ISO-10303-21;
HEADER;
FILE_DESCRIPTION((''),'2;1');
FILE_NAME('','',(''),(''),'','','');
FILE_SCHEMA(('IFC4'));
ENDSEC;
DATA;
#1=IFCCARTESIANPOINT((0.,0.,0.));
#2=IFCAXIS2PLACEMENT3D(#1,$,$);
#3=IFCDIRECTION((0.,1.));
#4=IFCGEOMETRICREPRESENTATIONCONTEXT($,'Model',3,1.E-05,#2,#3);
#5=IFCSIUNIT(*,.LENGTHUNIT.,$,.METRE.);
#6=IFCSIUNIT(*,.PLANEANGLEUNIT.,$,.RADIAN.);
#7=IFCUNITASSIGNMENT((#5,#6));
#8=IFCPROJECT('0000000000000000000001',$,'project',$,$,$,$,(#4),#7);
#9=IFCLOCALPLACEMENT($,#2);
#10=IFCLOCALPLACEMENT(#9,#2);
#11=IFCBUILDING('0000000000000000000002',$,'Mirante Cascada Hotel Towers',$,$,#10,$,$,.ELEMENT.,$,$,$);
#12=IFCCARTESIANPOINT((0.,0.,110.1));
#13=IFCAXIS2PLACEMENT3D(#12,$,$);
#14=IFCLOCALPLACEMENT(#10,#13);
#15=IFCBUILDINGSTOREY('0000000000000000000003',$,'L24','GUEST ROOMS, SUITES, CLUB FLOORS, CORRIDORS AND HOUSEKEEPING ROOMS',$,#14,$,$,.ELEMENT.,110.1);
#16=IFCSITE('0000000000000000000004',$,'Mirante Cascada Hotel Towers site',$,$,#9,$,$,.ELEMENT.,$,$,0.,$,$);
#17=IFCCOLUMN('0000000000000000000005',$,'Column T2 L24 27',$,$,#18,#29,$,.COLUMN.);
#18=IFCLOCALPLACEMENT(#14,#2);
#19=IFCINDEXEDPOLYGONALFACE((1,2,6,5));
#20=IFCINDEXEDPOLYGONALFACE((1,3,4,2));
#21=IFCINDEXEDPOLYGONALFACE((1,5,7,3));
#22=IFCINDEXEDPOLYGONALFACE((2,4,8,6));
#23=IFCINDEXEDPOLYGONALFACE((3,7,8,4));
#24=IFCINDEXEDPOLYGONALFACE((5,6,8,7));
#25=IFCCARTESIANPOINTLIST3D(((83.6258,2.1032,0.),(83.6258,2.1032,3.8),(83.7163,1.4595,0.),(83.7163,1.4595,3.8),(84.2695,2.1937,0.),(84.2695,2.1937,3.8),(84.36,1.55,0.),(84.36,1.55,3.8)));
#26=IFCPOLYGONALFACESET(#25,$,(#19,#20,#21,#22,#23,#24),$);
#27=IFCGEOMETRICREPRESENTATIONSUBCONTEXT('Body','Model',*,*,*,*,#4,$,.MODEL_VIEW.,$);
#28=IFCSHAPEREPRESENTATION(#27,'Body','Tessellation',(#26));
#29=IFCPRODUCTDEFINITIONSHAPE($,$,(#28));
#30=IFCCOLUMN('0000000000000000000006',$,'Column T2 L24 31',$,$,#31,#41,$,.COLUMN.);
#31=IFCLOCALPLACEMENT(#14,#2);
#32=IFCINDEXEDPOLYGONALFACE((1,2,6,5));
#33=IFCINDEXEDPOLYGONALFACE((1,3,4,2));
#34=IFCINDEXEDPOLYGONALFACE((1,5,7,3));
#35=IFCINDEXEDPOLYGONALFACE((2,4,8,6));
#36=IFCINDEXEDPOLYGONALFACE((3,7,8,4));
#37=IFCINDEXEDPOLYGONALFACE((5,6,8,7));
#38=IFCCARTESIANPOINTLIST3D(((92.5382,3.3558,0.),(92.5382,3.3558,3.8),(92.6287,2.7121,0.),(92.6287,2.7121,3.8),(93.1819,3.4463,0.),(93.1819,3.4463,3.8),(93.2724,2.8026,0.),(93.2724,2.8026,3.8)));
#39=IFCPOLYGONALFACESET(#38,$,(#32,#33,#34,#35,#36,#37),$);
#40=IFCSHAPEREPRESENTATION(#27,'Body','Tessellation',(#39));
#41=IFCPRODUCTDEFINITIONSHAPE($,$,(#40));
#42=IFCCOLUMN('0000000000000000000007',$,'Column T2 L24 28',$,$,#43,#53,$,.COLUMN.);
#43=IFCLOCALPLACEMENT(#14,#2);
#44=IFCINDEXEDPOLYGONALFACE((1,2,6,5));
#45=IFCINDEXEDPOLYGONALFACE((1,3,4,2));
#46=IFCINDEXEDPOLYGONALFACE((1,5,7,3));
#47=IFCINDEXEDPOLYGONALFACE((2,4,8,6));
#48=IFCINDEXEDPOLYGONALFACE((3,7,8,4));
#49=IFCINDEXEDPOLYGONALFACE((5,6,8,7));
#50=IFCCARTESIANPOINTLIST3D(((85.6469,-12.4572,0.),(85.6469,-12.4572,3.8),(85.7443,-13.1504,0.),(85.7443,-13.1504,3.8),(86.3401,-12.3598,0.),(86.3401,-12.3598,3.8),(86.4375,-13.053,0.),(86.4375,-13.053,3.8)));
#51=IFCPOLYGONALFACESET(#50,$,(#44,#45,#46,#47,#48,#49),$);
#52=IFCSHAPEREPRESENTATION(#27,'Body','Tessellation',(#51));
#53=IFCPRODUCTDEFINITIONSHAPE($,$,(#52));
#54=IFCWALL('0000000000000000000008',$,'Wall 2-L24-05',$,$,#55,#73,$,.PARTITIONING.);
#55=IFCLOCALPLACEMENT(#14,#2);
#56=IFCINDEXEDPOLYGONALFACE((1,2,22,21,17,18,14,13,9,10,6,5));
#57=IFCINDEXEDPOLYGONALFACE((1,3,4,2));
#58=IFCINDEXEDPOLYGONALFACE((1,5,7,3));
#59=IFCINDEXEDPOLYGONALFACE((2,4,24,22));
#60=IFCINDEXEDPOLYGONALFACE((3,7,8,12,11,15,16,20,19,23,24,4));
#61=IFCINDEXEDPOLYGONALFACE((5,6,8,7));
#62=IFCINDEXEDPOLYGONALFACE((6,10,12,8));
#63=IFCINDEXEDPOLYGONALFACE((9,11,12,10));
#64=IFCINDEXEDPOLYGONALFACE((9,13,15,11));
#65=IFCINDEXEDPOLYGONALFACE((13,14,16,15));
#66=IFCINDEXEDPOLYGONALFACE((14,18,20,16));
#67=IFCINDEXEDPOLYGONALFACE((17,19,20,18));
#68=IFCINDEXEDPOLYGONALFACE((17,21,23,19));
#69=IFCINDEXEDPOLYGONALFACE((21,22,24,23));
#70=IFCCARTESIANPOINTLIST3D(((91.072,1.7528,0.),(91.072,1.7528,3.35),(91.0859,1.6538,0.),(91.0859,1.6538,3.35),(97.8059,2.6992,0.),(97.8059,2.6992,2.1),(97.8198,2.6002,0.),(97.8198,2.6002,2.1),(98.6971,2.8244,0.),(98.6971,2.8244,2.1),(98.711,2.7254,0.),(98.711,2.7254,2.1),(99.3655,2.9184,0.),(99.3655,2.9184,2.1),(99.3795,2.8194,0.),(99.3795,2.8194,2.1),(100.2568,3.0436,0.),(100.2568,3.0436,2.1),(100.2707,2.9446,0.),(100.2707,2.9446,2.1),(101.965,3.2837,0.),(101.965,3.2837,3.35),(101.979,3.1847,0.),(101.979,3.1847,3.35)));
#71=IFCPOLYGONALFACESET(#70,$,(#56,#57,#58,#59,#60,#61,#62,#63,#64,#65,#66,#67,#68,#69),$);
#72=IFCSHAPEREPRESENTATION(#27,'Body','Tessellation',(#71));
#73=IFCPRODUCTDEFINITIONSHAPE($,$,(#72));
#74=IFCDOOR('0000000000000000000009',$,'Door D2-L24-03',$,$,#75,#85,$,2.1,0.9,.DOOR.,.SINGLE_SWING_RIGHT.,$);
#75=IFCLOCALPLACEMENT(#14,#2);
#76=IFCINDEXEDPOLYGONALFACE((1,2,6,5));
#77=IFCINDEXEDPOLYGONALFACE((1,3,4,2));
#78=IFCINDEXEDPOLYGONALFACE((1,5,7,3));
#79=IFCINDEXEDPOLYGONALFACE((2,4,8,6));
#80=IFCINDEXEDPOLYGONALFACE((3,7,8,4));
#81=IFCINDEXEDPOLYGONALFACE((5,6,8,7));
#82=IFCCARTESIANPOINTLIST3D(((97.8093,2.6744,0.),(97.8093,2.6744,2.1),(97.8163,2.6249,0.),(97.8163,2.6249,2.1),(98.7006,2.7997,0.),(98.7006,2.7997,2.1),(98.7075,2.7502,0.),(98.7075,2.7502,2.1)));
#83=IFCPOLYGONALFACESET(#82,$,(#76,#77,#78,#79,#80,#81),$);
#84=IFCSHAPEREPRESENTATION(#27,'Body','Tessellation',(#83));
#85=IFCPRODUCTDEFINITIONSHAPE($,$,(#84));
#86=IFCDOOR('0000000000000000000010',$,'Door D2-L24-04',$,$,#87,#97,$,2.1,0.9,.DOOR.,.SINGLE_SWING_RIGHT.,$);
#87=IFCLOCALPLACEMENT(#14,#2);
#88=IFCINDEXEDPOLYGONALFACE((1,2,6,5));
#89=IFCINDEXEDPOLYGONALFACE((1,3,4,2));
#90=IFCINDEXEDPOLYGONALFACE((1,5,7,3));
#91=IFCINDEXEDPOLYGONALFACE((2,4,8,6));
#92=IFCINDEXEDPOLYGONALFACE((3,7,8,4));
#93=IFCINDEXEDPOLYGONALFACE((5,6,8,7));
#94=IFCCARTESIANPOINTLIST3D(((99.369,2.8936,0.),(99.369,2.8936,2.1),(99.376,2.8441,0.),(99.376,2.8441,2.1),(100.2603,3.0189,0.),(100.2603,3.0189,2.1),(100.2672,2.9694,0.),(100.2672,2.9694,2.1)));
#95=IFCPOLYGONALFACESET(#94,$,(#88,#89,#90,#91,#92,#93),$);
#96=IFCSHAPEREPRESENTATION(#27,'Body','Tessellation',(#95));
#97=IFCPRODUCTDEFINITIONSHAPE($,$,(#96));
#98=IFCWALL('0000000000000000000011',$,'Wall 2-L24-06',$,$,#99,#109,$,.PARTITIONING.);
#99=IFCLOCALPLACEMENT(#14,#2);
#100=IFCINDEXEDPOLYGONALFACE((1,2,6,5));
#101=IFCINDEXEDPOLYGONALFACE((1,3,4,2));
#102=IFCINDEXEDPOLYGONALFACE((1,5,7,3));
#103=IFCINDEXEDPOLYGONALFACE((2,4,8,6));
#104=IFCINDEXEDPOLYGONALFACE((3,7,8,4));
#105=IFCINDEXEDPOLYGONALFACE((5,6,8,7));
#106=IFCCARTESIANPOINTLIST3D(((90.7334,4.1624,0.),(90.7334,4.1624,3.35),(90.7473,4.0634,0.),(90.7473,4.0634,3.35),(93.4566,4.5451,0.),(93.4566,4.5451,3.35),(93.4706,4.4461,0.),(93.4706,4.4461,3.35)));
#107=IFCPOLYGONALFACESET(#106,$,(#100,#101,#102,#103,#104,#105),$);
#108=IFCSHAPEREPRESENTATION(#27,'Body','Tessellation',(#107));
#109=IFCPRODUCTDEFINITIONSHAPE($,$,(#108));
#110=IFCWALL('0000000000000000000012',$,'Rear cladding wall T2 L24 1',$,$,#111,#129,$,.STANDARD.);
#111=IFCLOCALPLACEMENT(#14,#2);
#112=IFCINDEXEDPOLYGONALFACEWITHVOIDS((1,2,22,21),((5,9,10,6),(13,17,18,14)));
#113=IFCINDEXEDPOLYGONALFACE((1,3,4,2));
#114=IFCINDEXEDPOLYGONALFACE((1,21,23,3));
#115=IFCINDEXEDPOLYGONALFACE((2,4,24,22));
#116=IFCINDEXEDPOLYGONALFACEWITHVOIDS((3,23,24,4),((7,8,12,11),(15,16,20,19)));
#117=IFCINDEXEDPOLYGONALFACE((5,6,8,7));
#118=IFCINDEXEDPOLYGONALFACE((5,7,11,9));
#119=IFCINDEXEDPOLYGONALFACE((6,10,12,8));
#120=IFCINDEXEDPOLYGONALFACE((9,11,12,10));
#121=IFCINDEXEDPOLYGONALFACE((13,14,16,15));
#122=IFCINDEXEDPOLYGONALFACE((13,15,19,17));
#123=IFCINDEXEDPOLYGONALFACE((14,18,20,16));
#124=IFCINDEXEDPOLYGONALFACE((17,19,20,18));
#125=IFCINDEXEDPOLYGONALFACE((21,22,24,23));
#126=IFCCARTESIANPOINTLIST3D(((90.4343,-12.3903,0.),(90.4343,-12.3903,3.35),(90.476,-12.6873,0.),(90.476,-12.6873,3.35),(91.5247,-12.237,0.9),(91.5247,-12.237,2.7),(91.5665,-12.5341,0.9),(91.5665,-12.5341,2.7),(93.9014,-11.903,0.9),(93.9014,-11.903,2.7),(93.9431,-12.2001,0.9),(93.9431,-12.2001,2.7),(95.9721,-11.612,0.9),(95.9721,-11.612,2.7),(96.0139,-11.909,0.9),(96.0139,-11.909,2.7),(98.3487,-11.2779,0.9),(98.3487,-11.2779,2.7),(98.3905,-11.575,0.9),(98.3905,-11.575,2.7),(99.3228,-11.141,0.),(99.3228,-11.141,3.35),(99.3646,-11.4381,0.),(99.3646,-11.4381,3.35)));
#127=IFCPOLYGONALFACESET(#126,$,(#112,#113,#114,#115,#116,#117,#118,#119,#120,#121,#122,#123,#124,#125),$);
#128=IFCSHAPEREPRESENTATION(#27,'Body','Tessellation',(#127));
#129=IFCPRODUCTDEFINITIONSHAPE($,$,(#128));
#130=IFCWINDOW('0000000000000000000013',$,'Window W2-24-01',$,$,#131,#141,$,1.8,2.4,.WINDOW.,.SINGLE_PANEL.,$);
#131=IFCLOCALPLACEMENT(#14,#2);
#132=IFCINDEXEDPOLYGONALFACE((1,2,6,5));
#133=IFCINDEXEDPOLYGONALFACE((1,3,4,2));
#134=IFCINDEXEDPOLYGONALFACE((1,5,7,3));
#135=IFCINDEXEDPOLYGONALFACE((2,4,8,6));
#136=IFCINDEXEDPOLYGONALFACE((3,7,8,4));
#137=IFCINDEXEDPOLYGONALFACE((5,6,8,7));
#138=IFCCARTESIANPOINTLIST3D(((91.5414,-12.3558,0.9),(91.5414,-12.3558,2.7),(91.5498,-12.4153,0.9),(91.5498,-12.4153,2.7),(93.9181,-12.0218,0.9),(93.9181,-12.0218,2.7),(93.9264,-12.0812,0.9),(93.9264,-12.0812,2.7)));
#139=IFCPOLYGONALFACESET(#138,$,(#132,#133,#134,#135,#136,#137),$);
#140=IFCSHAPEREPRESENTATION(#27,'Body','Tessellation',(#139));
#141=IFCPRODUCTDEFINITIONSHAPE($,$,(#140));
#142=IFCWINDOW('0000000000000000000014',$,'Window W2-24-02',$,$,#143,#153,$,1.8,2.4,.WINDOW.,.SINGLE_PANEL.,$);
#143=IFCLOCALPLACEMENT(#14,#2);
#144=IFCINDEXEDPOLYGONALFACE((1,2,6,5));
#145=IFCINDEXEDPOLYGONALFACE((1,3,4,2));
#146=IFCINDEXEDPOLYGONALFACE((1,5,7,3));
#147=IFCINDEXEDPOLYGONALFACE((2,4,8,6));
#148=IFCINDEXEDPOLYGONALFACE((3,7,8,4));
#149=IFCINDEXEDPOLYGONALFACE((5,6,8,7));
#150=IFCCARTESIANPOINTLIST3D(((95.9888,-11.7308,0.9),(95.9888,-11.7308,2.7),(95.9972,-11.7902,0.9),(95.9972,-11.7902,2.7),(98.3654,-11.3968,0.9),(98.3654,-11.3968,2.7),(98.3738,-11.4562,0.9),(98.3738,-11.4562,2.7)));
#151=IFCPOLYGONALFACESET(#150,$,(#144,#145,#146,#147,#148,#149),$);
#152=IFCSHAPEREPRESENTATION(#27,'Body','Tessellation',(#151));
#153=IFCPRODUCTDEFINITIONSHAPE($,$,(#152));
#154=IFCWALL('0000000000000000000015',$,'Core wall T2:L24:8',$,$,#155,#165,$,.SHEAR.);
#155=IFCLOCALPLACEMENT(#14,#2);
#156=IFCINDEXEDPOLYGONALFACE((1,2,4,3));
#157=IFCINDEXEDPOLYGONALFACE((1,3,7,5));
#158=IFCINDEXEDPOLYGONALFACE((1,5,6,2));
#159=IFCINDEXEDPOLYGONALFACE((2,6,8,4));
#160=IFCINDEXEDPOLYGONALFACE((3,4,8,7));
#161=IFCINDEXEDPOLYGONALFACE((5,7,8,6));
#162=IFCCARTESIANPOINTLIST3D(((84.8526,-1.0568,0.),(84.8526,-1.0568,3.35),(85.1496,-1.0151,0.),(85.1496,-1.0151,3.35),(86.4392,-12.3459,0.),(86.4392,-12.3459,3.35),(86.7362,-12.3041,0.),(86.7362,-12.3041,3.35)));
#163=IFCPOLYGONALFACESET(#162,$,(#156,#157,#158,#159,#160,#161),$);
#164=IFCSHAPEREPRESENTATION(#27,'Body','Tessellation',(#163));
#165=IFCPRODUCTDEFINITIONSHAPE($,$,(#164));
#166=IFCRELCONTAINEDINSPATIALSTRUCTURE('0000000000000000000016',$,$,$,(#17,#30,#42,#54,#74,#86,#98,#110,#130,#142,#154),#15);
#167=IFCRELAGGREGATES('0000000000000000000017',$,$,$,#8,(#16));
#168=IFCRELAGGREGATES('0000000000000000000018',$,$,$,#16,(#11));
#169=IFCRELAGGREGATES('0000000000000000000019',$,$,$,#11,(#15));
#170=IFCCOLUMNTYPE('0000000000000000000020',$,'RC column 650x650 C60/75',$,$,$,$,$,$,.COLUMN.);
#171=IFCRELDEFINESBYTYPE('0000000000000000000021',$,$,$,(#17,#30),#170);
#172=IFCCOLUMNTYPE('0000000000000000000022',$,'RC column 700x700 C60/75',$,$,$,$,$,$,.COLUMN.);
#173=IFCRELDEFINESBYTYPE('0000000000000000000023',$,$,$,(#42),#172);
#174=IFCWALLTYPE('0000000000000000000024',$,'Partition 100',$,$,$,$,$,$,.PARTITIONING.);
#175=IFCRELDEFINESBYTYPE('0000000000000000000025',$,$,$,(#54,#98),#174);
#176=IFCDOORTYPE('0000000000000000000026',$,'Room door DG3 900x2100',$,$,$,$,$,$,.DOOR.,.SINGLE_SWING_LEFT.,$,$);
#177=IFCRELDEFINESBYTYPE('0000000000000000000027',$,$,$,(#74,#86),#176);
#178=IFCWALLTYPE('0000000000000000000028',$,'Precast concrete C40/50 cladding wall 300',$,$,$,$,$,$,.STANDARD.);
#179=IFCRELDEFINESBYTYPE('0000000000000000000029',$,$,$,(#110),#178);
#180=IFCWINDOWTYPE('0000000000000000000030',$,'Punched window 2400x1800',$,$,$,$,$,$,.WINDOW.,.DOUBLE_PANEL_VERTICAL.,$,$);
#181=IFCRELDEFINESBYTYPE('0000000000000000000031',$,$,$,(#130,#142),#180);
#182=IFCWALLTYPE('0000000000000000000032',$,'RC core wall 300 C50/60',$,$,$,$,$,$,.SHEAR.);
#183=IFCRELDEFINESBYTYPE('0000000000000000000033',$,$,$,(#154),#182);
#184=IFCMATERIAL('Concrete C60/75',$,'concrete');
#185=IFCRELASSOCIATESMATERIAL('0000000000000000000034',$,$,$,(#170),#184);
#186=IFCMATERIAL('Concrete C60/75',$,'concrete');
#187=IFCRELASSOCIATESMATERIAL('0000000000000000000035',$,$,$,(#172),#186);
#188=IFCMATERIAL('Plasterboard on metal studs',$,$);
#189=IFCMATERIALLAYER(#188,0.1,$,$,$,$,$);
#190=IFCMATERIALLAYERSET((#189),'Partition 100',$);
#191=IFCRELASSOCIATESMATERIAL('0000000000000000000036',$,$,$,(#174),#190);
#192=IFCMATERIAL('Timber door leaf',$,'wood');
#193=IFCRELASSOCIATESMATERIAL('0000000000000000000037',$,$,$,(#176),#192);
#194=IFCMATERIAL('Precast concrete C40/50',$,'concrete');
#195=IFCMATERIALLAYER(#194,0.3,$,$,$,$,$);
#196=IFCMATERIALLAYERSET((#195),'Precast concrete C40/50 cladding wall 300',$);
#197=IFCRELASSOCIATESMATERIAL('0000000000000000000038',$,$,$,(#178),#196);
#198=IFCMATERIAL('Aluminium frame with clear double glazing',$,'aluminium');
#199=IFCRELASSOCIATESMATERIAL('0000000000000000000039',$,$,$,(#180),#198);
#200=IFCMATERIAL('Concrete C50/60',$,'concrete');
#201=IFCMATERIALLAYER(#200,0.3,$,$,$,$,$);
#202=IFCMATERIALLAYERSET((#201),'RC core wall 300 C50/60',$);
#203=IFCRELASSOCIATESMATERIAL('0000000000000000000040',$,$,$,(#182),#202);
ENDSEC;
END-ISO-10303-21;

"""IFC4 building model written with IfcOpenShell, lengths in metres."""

from ifc_helpers import new_model, si_unit, direction, frame, frame_2d, origin, origin_2d, place, context, subcontext, project, spatial, rectangle, extrude, material, layer, layer_set, material_profile, profile_set, type_object, element, fill, save


model = new_model("IFC4")

# Units and contexts
model_context = context("Model", 3, precision=1e-05, world=origin(), true_north=direction((0.0, 1.0)))
body_context = subcontext(model_context, "Body", "Model", "MODEL_VIEW")
ifc_project = project(units=[si_unit("LENGTHUNIT", "METRE"), si_unit("PLANEANGLEUNIT", "RADIAN")], contexts=[model_context])

# Site, building, storey
site_placement = place(None, origin())
site = spatial("IfcSite", under=ifc_project, at=site_placement, Name="Mirante Cascada Hotel Towers site", CompositionType="ELEMENT", RefElevation=0.0)
building_placement = place(site_placement, origin())
building = spatial("IfcBuilding", under=site, at=building_placement, Name="Mirante Cascada Hotel Towers", CompositionType="ELEMENT")
storey_placement = place(building_placement, frame((0.0, 0.0, 110.1)))
storey = spatial("IfcBuildingStorey", under=building, at=storey_placement, Name="L24", Description="GUEST ROOMS, SUITES, CLUB FLOORS, CORRIDORS AND HOUSEKEEPING ROOMS", CompositionType="ELEMENT", Elevation=110.1)

# Columns
ifc_material_1 = material(Name="Concrete C60/75", Category="concrete")
ifc_material_profile_1 = material_profile(ifc_material_1, rectangle(XDim=0.65, YDim=0.65, at=origin_2d()), Name="RC column 650x650 C60/75")
ifc_profile_set_1 = profile_set([ifc_material_profile_1], Name="Concrete C60/75")
column_type_1 = type_object("IfcColumnType", Name="RC column 650x650 C60/75", PredefinedType="COLUMN", material=ifc_profile_set_1)
for number, where, z_axis, x_axis, name in (
    (1, (83.9929, 1.8266, 0.0), (0.0, 0.0, 1.0), (0.990268, 0.139173, 0.0), "Column T2 L24 27"),
    (2, (92.9053, 3.0792, 0.0), (0.0, 0.0, 1.0), (0.990268, 0.139173, 0.0), "Column T2 L24 31"),
):
    element("IfcColumn", number, at=place(storey_placement, frame(where, z_axis=z_axis, x_axis=x_axis)), inside=storey, type_object=column_type_1, Name=name, PredefinedType="COLUMN", context=body_context, shape_type="SweptSolid", body=[
        extrude(rectangle(XDim=0.65, YDim=0.65, at=origin_2d()), origin(), (0.0, 0.0, 1.0), 3.8),
    ])
ifc_material_2 = material(Name="Concrete C60/75", Category="concrete")
ifc_material_profile_2 = material_profile(ifc_material_2, rectangle(XDim=0.7, YDim=0.7, at=origin_2d()), Name="RC column 700x700 C60/75")
ifc_profile_set_2 = profile_set([ifc_material_profile_2], Name="Concrete C60/75")
column_type_2 = type_object("IfcColumnType", Name="RC column 700x700 C60/75", PredefinedType="COLUMN", material=ifc_profile_set_2)
column_placement = place(storey_placement, frame((86.0422, -12.7551, 0.0), z_axis=(0.0, 0.0, 1.0), x_axis=(0.990268, 0.139173, 0.0)))
element("IfcColumn", 3, at=column_placement, inside=storey, type_object=column_type_2, Name="Column T2 L24 28", PredefinedType="COLUMN", context=body_context, shape_type="SweptSolid", body=[
    extrude(rectangle(XDim=0.7, YDim=0.7, at=origin_2d()), origin(), (0.0, 0.0, 1.0), 3.8),
])

# Wall, openings, doors
ifc_material_3 = material(Name="Plasterboard on metal studs")
ifc_layer_1 = layer(ifc_material_3, 0.1)
ifc_layer_set_1 = layer_set([ifc_layer_1], Name="Partition 100")
wall_type_1 = type_object("IfcWallType", Name="Partition 100", PredefinedType="PARTITIONING", material=ifc_layer_set_1)
wall_1_placement = place(storey_placement, frame((91.079, 1.7033, 0.0), z_axis=(0.0, 0.0, 1.0), x_axis=(0.990268, 0.139172, 0.0)))
wall_1 = element("IfcWall", 4, at=wall_1_placement, inside=storey, type_object=wall_type_1, Name="Wall 2-L24-05", PredefinedType="PARTITIONING", context=body_context, shape_type="SweptSolid", body=[
    extrude(rectangle(XDim=11.0001, YDim=0.1, at=frame_2d((5.5, 0.0))), origin(), (0.0, 0.0, 1.0), 3.35),
])
opening_1_placement = place(wall_1_placement, frame((6.8, 0.0, 0.0)))
opening_1 = element("IfcOpeningElement", 5, at=opening_1_placement, cuts=wall_1, PredefinedType="OPENING", context=body_context, shape_type="SweptSolid", body=[
    extrude(rectangle(XDim=0.9, YDim=2.1, at=frame_2d((0.45, 1.05))), frame((0.0, 0.05, 0.0), z_axis=(0.0, -1.0, 0.0), x_axis=(1.0, 0.0, 0.0)), (0.0, 0.0, 1.0), 0.1),
])
opening_2_placement = place(wall_1_placement, frame((8.375, 0.0, 0.0)))
opening_2 = element("IfcOpeningElement", 6, at=opening_2_placement, cuts=wall_1, PredefinedType="OPENING", context=body_context, shape_type="SweptSolid", body=[
    extrude(rectangle(XDim=0.9, YDim=2.1, at=frame_2d((0.45, 1.05))), frame((0.0, 0.05, 0.0), z_axis=(0.0, -1.0, 0.0), x_axis=(1.0, 0.0, 0.0)), (0.0, 0.0, 1.0), 0.1),
])
ifc_material_4 = material(Name="Timber door leaf", Category="wood")
door_type_1 = type_object("IfcDoorType", Name="Room door DG3 900x2100", OperationType="SINGLE_SWING_LEFT", PredefinedType="DOOR", material=ifc_material_4)
door_1_placement = place(opening_1_placement, frame((0.9, 0.0, 0.0), z_axis=(0.0, 0.0, 1.0), x_axis=(-1.0, 0.0, 0.0)))
door_1 = element("IfcDoor", 7, at=door_1_placement, inside=storey, type_object=door_type_1, Name="Door D2-L24-03", OperationType="SINGLE_SWING_RIGHT", OverallHeight=2.1, OverallWidth=0.9, PredefinedType="DOOR", context=body_context, shape_type="SweptSolid", body=[
    extrude(rectangle(XDim=0.9, YDim=2.1, at=frame_2d((0.45, 1.05))), frame((0.0, 0.025, 0.0), z_axis=(0.0, -1.0, 0.0), x_axis=(1.0, 0.0, 0.0)), (0.0, 0.0, 1.0), 0.05),
])
fill(opening_1, door_1)
door_2_placement = place(opening_2_placement, frame((0.9, 0.0, 0.0), z_axis=(0.0, 0.0, 1.0), x_axis=(-1.0, 0.0, 0.0)))
door_2 = element("IfcDoor", 8, at=door_2_placement, inside=storey, type_object=door_type_1, Name="Door D2-L24-04", OperationType="SINGLE_SWING_RIGHT", OverallHeight=2.1, OverallWidth=0.9, PredefinedType="DOOR", context=body_context, shape_type="SweptSolid", body=[
    extrude(rectangle(XDim=0.9, YDim=2.1, at=frame_2d((0.45, 1.05))), frame((0.0, 0.025, 0.0), z_axis=(0.0, -1.0, 0.0), x_axis=(1.0, 0.0, 0.0)), (0.0, 0.0, 1.0), 0.05),
])
fill(opening_2, door_2)

# Wall
wall_2_placement = place(storey_placement, frame((93.4636, 4.4956, 0.0), z_axis=(0.0, 0.0, 1.0), x_axis=(-0.990269, -0.139166, 0.0)))
element("IfcWall", 9, at=wall_2_placement, inside=storey, type_object=wall_type_1, Name="Wall 2-L24-06", PredefinedType="PARTITIONING", context=body_context, shape_type="SweptSolid", body=[
    extrude(rectangle(XDim=2.75, YDim=0.1, at=frame_2d((1.375, 0.0))), origin(), (0.0, 0.0, 1.0), 3.35),
])

# Wall, openings, windows
ifc_material_5 = material(Name="Precast concrete C40/50", Category="concrete")
ifc_layer_2 = layer(ifc_material_5, 0.3)
ifc_layer_set_2 = layer_set([ifc_layer_2], Name="Precast concrete C40/50 cladding wall 300")
wall_type_2 = type_object("IfcWallType", Name="Precast concrete C40/50 cladding wall 300", PredefinedType="STANDARD", material=ifc_layer_set_2)
wall_3_placement = place(storey_placement, frame((90.4551, -12.5388, 0.0), z_axis=(0.0, 0.0, 1.0), x_axis=(0.990268, 0.139173, 0.0)))
wall_3 = element("IfcWall", 10, at=wall_3_placement, inside=storey, type_object=wall_type_2, Name="Rear cladding wall T2 L24 1", PredefinedType="STANDARD", context=body_context, shape_type="SweptSolid", body=[
    extrude(rectangle(XDim=8.9759, YDim=0.3, at=frame_2d((4.488, 0.0))), origin(), (0.0, 0.0, 1.0), 3.35),
])
opening_3_placement = place(wall_3_placement, frame((1.1012, 0.0, 0.9)))
opening_3 = element("IfcOpeningElement", 11, at=opening_3_placement, cuts=wall_3, PredefinedType="OPENING", context=body_context, shape_type="SweptSolid", body=[
    extrude(rectangle(XDim=2.4, YDim=1.8, at=frame_2d((1.2, 0.9))), frame((0.0, 0.15, 0.0), z_axis=(0.0, -1.0, 0.0), x_axis=(1.0, 0.0, 0.0)), (0.0, 0.0, 1.0), 0.3),
])
opening_4_placement = place(wall_3_placement, frame((5.5923, 0.0, 0.9)))
opening_4 = element("IfcOpeningElement", 12, at=opening_4_placement, cuts=wall_3, PredefinedType="OPENING", context=body_context, shape_type="SweptSolid", body=[
    extrude(rectangle(XDim=2.4, YDim=1.8, at=frame_2d((1.2, 0.9))), frame((0.0, 0.15, 0.0), z_axis=(0.0, -1.0, 0.0), x_axis=(1.0, 0.0, 0.0)), (0.0, 0.0, 1.0), 0.3),
])
ifc_material_6 = material(Name="Aluminium frame with clear double glazing", Category="aluminium")
window_type = type_object("IfcWindowType", Name="Punched window 2400x1800", PartitioningType="DOUBLE_PANEL_VERTICAL", PredefinedType="WINDOW", material=ifc_material_6)
window_1_placement = place(opening_3_placement, origin())
window_1 = element("IfcWindow", 13, at=window_1_placement, inside=storey, type_object=window_type, Name="Window W2-24-01", OverallHeight=1.8, OverallWidth=2.4, PartitioningType="SINGLE_PANEL", PredefinedType="WINDOW", context=body_context, shape_type="SweptSolid", body=[
    extrude(rectangle(XDim=2.4, YDim=1.8, at=frame_2d((1.2, 0.9))), frame((0.0, 0.03, 0.0), z_axis=(0.0, -1.0, 0.0), x_axis=(1.0, 0.0, 0.0)), (0.0, 0.0, 1.0), 0.06),
])
fill(opening_3, window_1)
window_2_placement = place(opening_4_placement, origin())
window_2 = element("IfcWindow", 14, at=window_2_placement, inside=storey, type_object=window_type, Name="Window W2-24-02", OverallHeight=1.8, OverallWidth=2.4, PartitioningType="SINGLE_PANEL", PredefinedType="WINDOW", context=body_context, shape_type="SweptSolid", body=[
    extrude(rectangle(XDim=2.4, YDim=1.8, at=frame_2d((1.2, 0.9))), frame((0.0, 0.03, 0.0), z_axis=(0.0, -1.0, 0.0), x_axis=(1.0, 0.0, 0.0)), (0.0, 0.0, 1.0), 0.06),
])
fill(opening_4, window_2)

# Wall
ifc_material_7 = material(Name="Concrete C50/60", Category="concrete")
ifc_layer_3 = layer(ifc_material_7, 0.3)
ifc_layer_set_3 = layer_set([ifc_layer_3], Name="RC core wall 300 C50/60")
wall_type_3 = type_object("IfcWallType", Name="RC core wall 300 C50/60", PredefinedType="SHEAR", material=ifc_layer_set_3)
wall_4_placement = place(storey_placement, frame((86.5877, -12.325, 0.0), z_axis=(0.0, 0.0, 1.0), x_axis=(-0.139175, 0.990268, 0.0)))
element("IfcWall", 15, at=wall_4_placement, inside=storey, type_object=wall_type_3, Name="Core wall T2:L24:8", PredefinedType="SHEAR", context=body_context, shape_type="SweptSolid", body=[
    extrude(rectangle(XDim=11.4, YDim=0.3, at=frame_2d((5.7, 0.0))), origin(), (0.0, 0.0, 1.0), 3.35),
])

save(model, "model.ifc")
